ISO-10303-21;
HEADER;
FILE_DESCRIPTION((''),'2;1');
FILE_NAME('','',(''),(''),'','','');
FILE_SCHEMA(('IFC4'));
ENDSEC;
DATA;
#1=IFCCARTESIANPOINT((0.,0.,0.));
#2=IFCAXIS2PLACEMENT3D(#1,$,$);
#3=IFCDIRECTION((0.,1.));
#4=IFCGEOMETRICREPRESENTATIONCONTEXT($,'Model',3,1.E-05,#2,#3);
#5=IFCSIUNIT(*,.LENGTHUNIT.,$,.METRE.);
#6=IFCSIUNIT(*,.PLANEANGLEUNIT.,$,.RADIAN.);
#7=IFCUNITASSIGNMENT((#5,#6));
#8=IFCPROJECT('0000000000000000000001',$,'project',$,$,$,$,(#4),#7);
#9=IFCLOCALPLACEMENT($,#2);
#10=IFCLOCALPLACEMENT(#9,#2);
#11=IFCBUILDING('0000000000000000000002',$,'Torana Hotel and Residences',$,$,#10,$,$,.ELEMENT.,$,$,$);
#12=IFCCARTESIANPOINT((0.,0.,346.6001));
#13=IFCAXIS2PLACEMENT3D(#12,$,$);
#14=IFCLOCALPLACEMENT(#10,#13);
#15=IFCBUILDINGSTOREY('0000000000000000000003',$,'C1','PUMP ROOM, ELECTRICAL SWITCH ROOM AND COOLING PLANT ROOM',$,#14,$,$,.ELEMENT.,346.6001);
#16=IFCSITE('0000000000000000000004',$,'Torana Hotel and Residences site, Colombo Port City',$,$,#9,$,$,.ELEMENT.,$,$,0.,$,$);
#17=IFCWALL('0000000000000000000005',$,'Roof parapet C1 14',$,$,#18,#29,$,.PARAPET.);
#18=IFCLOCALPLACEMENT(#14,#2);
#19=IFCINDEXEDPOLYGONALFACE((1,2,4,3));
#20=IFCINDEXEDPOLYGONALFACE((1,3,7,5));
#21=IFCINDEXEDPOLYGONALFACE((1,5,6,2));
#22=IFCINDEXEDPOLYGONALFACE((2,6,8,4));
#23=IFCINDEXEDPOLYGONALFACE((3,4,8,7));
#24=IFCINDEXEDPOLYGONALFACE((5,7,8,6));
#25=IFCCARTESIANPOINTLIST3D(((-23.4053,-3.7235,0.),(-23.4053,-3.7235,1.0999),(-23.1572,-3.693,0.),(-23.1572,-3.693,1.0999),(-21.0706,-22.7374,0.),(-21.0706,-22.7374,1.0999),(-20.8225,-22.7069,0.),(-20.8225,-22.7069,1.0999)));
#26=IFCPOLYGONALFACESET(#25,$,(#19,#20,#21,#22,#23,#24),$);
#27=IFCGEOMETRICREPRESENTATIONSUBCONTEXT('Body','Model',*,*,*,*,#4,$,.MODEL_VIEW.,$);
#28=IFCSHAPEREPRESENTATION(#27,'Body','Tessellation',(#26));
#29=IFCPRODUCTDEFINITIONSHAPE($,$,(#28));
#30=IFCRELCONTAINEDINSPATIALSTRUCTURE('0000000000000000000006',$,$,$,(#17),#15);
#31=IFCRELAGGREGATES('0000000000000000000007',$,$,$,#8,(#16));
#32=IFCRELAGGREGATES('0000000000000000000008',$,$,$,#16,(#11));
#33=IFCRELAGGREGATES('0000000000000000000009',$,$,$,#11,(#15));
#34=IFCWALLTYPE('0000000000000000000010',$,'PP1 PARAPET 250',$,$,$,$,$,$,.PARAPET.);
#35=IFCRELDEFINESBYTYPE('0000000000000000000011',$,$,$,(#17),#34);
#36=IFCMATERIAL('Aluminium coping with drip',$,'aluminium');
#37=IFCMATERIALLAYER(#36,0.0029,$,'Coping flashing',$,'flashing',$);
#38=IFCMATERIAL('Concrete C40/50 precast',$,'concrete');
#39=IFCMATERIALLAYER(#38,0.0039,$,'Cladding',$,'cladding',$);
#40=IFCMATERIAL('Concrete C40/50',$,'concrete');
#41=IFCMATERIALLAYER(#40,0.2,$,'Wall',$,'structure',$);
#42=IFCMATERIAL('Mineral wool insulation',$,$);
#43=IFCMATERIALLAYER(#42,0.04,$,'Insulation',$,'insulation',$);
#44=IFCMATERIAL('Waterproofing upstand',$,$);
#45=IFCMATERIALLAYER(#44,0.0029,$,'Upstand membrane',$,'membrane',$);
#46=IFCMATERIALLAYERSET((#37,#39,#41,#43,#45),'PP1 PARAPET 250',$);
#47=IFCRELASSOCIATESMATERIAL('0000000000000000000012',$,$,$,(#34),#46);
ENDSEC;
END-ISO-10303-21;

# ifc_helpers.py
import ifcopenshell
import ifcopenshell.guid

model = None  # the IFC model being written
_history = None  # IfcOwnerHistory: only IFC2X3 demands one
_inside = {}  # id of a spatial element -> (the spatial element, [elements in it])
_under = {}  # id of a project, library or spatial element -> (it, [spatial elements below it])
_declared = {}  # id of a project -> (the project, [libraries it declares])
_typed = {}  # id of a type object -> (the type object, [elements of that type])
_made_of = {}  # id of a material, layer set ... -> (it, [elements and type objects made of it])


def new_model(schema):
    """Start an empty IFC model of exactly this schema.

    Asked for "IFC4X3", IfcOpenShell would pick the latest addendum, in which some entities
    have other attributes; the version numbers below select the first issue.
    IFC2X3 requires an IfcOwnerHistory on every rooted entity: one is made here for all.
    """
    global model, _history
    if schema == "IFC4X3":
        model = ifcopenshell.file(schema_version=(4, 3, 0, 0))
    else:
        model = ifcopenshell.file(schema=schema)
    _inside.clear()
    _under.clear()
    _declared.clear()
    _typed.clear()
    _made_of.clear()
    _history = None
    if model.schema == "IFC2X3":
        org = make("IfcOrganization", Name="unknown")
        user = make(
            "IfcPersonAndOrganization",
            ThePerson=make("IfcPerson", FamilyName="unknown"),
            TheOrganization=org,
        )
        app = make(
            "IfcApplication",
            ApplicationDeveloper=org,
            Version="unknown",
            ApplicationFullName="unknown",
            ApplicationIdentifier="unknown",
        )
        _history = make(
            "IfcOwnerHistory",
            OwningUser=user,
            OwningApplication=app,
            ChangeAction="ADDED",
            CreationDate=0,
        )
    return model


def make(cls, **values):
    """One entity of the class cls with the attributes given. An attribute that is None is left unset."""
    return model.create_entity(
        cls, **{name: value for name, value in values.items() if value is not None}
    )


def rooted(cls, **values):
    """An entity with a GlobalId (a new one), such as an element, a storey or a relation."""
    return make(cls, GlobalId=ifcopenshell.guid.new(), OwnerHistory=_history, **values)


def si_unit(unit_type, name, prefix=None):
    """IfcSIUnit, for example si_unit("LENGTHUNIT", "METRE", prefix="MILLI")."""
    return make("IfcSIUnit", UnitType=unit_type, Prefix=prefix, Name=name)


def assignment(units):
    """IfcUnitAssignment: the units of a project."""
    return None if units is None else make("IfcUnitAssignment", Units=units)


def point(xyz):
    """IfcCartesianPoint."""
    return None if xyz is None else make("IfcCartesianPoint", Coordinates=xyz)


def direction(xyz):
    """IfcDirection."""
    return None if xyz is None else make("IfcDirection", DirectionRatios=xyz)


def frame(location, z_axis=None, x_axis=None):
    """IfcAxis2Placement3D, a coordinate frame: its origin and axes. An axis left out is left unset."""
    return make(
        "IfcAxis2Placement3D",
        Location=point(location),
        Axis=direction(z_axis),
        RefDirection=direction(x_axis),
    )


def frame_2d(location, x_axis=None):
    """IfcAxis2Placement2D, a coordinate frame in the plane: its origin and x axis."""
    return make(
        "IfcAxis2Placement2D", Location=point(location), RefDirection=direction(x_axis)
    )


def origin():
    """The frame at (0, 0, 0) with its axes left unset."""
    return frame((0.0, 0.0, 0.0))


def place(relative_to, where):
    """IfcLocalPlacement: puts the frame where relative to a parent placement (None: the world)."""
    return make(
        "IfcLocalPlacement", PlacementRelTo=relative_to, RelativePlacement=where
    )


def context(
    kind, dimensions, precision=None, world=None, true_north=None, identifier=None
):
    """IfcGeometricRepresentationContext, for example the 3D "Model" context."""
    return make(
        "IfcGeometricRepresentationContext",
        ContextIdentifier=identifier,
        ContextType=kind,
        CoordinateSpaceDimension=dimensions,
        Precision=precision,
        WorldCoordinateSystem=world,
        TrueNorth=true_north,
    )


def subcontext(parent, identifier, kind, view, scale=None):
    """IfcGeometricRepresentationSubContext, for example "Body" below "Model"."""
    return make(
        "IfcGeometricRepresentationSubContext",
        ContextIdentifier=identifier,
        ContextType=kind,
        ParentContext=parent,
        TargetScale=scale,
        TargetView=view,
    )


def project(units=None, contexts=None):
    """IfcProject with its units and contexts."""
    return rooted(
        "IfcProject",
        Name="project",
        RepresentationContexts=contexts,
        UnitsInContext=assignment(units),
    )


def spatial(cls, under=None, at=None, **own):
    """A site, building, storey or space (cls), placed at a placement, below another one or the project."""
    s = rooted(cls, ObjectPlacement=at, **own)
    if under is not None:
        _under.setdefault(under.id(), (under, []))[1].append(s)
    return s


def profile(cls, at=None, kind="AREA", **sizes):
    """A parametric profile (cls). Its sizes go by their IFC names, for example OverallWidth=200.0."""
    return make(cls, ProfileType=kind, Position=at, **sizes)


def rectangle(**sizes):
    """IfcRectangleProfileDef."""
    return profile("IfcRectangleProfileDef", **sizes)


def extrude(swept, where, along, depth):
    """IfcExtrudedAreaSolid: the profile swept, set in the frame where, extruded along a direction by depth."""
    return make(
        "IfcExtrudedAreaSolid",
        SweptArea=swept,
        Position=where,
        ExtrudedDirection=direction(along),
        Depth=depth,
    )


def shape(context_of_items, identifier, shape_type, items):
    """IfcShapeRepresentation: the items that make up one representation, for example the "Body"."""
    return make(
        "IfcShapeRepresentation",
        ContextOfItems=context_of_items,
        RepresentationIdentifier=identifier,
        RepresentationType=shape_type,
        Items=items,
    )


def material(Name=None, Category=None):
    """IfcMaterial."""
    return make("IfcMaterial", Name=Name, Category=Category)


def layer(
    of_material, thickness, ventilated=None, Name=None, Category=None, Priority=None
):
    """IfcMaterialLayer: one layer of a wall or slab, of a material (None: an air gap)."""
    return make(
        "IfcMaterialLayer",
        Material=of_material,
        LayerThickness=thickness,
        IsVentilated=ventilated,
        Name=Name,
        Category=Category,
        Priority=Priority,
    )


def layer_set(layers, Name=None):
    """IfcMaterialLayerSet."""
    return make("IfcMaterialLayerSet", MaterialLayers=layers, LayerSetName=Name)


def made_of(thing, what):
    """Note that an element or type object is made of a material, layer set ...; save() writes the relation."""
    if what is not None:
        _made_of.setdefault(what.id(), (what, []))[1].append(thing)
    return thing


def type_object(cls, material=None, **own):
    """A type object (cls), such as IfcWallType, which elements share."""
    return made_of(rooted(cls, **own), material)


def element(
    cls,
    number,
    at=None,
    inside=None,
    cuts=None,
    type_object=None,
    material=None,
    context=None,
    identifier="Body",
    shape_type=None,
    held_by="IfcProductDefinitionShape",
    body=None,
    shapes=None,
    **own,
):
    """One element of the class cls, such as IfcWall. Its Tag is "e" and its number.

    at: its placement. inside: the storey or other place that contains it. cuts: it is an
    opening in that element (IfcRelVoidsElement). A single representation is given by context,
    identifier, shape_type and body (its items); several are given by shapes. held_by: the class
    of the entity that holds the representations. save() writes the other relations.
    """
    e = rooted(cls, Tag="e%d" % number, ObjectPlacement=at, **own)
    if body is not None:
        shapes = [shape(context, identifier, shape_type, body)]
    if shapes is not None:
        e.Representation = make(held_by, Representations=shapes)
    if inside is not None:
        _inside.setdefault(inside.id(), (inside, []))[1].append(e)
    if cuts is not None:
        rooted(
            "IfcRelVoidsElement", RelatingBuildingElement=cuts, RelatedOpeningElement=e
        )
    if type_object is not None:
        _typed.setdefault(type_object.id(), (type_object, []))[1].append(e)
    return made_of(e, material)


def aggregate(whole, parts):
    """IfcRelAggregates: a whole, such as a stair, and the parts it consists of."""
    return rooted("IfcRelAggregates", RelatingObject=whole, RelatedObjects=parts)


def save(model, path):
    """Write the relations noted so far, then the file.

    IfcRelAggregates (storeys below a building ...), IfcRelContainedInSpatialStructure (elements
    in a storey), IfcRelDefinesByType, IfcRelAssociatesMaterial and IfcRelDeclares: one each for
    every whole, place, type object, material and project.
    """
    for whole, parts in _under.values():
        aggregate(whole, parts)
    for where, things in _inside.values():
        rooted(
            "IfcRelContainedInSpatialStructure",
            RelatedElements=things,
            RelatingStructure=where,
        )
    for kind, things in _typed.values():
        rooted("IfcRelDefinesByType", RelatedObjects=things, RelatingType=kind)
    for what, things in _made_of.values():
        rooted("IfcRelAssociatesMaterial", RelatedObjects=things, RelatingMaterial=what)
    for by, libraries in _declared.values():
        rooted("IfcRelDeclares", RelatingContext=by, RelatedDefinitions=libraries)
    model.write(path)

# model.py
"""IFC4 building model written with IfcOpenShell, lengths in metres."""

from ifc_helpers import new_model, si_unit, direction, frame, frame_2d, origin, place, context, subcontext, project, spatial, rectangle, extrude, material, layer, layer_set, type_object, element, save


model = new_model("IFC4")

# Units and contexts
model_context = context("Model", 3, precision=1e-05, world=origin(), true_north=direction((0.0, 1.0)))
body_context = subcontext(model_context, "Body", "Model", "MODEL_VIEW")
ifc_project = project(units=[si_unit("LENGTHUNIT", "METRE"), si_unit("PLANEANGLEUNIT", "RADIAN")], contexts=[model_context])

# Site, building, storey
site_placement = place(None, origin())
site = spatial("IfcSite", under=ifc_project, at=site_placement, Name="Torana Hotel and Residences site, Colombo Port City", CompositionType="ELEMENT", RefElevation=0.0)
building_placement = place(site_placement, origin())
building = spatial("IfcBuilding", under=site, at=building_placement, Name="Torana Hotel and Residences", CompositionType="ELEMENT")
storey_placement = place(building_placement, frame((0.0, 0.0, 346.6001)))
storey = spatial("IfcBuildingStorey", under=building, at=storey_placement, Name="C1", Description="PUMP ROOM, ELECTRICAL SWITCH ROOM AND COOLING PLANT ROOM", CompositionType="ELEMENT", Elevation=346.6001)

# Wall
ifc_material_1 = material(Name="Aluminium coping with drip", Category="aluminium")
ifc_layer_1 = layer(ifc_material_1, 0.0029, Name="Coping flashing", Category="flashing")
ifc_material_2 = material(Name="Concrete C40/50 precast", Category="concrete")
ifc_layer_2 = layer(ifc_material_2, 0.0039, Name="Cladding", Category="cladding")
ifc_material_3 = material(Name="Concrete C40/50", Category="concrete")
ifc_layer_3 = layer(ifc_material_3, 0.2, Name="Wall", Category="structure")
ifc_material_4 = material(Name="Mineral wool insulation")
ifc_layer_4 = layer(ifc_material_4, 0.04, Name="Insulation", Category="insulation")
ifc_material_5 = material(Name="Waterproofing upstand")
ifc_layer_5 = layer(ifc_material_5, 0.0029, Name="Upstand membrane", Category="membrane")
ifc_layer_set_1 = layer_set([ifc_layer_1, ifc_layer_2, ifc_layer_3, ifc_layer_4, ifc_layer_5], Name="PP1 PARAPET 250")
wall_type_1 = type_object("IfcWallType", Name="PP1 PARAPET 250", PredefinedType="PARAPET", material=ifc_layer_set_1)
wall_1_placement = place(storey_placement, frame((-20.9465, -22.7222, 0.0), z_axis=(0.0, 0.0, 1.0), x_axis=(-0.121875, 0.992546, 0.0)))
element("IfcWall", 1, at=wall_1_placement, inside=storey, type_object=wall_type_1, Name="Roof parapet C1 14", PredefinedType="PARAPET", context=body_context, shape_type="SweptSolid", body=[
    extrude(rectangle(XDim=19.1567, YDim=0.25, at=frame_2d((9.5784, 0.0))), origin(), (0.0, 0.0, 1.0), 1.0999),
])

save(model, "model.ifc")
